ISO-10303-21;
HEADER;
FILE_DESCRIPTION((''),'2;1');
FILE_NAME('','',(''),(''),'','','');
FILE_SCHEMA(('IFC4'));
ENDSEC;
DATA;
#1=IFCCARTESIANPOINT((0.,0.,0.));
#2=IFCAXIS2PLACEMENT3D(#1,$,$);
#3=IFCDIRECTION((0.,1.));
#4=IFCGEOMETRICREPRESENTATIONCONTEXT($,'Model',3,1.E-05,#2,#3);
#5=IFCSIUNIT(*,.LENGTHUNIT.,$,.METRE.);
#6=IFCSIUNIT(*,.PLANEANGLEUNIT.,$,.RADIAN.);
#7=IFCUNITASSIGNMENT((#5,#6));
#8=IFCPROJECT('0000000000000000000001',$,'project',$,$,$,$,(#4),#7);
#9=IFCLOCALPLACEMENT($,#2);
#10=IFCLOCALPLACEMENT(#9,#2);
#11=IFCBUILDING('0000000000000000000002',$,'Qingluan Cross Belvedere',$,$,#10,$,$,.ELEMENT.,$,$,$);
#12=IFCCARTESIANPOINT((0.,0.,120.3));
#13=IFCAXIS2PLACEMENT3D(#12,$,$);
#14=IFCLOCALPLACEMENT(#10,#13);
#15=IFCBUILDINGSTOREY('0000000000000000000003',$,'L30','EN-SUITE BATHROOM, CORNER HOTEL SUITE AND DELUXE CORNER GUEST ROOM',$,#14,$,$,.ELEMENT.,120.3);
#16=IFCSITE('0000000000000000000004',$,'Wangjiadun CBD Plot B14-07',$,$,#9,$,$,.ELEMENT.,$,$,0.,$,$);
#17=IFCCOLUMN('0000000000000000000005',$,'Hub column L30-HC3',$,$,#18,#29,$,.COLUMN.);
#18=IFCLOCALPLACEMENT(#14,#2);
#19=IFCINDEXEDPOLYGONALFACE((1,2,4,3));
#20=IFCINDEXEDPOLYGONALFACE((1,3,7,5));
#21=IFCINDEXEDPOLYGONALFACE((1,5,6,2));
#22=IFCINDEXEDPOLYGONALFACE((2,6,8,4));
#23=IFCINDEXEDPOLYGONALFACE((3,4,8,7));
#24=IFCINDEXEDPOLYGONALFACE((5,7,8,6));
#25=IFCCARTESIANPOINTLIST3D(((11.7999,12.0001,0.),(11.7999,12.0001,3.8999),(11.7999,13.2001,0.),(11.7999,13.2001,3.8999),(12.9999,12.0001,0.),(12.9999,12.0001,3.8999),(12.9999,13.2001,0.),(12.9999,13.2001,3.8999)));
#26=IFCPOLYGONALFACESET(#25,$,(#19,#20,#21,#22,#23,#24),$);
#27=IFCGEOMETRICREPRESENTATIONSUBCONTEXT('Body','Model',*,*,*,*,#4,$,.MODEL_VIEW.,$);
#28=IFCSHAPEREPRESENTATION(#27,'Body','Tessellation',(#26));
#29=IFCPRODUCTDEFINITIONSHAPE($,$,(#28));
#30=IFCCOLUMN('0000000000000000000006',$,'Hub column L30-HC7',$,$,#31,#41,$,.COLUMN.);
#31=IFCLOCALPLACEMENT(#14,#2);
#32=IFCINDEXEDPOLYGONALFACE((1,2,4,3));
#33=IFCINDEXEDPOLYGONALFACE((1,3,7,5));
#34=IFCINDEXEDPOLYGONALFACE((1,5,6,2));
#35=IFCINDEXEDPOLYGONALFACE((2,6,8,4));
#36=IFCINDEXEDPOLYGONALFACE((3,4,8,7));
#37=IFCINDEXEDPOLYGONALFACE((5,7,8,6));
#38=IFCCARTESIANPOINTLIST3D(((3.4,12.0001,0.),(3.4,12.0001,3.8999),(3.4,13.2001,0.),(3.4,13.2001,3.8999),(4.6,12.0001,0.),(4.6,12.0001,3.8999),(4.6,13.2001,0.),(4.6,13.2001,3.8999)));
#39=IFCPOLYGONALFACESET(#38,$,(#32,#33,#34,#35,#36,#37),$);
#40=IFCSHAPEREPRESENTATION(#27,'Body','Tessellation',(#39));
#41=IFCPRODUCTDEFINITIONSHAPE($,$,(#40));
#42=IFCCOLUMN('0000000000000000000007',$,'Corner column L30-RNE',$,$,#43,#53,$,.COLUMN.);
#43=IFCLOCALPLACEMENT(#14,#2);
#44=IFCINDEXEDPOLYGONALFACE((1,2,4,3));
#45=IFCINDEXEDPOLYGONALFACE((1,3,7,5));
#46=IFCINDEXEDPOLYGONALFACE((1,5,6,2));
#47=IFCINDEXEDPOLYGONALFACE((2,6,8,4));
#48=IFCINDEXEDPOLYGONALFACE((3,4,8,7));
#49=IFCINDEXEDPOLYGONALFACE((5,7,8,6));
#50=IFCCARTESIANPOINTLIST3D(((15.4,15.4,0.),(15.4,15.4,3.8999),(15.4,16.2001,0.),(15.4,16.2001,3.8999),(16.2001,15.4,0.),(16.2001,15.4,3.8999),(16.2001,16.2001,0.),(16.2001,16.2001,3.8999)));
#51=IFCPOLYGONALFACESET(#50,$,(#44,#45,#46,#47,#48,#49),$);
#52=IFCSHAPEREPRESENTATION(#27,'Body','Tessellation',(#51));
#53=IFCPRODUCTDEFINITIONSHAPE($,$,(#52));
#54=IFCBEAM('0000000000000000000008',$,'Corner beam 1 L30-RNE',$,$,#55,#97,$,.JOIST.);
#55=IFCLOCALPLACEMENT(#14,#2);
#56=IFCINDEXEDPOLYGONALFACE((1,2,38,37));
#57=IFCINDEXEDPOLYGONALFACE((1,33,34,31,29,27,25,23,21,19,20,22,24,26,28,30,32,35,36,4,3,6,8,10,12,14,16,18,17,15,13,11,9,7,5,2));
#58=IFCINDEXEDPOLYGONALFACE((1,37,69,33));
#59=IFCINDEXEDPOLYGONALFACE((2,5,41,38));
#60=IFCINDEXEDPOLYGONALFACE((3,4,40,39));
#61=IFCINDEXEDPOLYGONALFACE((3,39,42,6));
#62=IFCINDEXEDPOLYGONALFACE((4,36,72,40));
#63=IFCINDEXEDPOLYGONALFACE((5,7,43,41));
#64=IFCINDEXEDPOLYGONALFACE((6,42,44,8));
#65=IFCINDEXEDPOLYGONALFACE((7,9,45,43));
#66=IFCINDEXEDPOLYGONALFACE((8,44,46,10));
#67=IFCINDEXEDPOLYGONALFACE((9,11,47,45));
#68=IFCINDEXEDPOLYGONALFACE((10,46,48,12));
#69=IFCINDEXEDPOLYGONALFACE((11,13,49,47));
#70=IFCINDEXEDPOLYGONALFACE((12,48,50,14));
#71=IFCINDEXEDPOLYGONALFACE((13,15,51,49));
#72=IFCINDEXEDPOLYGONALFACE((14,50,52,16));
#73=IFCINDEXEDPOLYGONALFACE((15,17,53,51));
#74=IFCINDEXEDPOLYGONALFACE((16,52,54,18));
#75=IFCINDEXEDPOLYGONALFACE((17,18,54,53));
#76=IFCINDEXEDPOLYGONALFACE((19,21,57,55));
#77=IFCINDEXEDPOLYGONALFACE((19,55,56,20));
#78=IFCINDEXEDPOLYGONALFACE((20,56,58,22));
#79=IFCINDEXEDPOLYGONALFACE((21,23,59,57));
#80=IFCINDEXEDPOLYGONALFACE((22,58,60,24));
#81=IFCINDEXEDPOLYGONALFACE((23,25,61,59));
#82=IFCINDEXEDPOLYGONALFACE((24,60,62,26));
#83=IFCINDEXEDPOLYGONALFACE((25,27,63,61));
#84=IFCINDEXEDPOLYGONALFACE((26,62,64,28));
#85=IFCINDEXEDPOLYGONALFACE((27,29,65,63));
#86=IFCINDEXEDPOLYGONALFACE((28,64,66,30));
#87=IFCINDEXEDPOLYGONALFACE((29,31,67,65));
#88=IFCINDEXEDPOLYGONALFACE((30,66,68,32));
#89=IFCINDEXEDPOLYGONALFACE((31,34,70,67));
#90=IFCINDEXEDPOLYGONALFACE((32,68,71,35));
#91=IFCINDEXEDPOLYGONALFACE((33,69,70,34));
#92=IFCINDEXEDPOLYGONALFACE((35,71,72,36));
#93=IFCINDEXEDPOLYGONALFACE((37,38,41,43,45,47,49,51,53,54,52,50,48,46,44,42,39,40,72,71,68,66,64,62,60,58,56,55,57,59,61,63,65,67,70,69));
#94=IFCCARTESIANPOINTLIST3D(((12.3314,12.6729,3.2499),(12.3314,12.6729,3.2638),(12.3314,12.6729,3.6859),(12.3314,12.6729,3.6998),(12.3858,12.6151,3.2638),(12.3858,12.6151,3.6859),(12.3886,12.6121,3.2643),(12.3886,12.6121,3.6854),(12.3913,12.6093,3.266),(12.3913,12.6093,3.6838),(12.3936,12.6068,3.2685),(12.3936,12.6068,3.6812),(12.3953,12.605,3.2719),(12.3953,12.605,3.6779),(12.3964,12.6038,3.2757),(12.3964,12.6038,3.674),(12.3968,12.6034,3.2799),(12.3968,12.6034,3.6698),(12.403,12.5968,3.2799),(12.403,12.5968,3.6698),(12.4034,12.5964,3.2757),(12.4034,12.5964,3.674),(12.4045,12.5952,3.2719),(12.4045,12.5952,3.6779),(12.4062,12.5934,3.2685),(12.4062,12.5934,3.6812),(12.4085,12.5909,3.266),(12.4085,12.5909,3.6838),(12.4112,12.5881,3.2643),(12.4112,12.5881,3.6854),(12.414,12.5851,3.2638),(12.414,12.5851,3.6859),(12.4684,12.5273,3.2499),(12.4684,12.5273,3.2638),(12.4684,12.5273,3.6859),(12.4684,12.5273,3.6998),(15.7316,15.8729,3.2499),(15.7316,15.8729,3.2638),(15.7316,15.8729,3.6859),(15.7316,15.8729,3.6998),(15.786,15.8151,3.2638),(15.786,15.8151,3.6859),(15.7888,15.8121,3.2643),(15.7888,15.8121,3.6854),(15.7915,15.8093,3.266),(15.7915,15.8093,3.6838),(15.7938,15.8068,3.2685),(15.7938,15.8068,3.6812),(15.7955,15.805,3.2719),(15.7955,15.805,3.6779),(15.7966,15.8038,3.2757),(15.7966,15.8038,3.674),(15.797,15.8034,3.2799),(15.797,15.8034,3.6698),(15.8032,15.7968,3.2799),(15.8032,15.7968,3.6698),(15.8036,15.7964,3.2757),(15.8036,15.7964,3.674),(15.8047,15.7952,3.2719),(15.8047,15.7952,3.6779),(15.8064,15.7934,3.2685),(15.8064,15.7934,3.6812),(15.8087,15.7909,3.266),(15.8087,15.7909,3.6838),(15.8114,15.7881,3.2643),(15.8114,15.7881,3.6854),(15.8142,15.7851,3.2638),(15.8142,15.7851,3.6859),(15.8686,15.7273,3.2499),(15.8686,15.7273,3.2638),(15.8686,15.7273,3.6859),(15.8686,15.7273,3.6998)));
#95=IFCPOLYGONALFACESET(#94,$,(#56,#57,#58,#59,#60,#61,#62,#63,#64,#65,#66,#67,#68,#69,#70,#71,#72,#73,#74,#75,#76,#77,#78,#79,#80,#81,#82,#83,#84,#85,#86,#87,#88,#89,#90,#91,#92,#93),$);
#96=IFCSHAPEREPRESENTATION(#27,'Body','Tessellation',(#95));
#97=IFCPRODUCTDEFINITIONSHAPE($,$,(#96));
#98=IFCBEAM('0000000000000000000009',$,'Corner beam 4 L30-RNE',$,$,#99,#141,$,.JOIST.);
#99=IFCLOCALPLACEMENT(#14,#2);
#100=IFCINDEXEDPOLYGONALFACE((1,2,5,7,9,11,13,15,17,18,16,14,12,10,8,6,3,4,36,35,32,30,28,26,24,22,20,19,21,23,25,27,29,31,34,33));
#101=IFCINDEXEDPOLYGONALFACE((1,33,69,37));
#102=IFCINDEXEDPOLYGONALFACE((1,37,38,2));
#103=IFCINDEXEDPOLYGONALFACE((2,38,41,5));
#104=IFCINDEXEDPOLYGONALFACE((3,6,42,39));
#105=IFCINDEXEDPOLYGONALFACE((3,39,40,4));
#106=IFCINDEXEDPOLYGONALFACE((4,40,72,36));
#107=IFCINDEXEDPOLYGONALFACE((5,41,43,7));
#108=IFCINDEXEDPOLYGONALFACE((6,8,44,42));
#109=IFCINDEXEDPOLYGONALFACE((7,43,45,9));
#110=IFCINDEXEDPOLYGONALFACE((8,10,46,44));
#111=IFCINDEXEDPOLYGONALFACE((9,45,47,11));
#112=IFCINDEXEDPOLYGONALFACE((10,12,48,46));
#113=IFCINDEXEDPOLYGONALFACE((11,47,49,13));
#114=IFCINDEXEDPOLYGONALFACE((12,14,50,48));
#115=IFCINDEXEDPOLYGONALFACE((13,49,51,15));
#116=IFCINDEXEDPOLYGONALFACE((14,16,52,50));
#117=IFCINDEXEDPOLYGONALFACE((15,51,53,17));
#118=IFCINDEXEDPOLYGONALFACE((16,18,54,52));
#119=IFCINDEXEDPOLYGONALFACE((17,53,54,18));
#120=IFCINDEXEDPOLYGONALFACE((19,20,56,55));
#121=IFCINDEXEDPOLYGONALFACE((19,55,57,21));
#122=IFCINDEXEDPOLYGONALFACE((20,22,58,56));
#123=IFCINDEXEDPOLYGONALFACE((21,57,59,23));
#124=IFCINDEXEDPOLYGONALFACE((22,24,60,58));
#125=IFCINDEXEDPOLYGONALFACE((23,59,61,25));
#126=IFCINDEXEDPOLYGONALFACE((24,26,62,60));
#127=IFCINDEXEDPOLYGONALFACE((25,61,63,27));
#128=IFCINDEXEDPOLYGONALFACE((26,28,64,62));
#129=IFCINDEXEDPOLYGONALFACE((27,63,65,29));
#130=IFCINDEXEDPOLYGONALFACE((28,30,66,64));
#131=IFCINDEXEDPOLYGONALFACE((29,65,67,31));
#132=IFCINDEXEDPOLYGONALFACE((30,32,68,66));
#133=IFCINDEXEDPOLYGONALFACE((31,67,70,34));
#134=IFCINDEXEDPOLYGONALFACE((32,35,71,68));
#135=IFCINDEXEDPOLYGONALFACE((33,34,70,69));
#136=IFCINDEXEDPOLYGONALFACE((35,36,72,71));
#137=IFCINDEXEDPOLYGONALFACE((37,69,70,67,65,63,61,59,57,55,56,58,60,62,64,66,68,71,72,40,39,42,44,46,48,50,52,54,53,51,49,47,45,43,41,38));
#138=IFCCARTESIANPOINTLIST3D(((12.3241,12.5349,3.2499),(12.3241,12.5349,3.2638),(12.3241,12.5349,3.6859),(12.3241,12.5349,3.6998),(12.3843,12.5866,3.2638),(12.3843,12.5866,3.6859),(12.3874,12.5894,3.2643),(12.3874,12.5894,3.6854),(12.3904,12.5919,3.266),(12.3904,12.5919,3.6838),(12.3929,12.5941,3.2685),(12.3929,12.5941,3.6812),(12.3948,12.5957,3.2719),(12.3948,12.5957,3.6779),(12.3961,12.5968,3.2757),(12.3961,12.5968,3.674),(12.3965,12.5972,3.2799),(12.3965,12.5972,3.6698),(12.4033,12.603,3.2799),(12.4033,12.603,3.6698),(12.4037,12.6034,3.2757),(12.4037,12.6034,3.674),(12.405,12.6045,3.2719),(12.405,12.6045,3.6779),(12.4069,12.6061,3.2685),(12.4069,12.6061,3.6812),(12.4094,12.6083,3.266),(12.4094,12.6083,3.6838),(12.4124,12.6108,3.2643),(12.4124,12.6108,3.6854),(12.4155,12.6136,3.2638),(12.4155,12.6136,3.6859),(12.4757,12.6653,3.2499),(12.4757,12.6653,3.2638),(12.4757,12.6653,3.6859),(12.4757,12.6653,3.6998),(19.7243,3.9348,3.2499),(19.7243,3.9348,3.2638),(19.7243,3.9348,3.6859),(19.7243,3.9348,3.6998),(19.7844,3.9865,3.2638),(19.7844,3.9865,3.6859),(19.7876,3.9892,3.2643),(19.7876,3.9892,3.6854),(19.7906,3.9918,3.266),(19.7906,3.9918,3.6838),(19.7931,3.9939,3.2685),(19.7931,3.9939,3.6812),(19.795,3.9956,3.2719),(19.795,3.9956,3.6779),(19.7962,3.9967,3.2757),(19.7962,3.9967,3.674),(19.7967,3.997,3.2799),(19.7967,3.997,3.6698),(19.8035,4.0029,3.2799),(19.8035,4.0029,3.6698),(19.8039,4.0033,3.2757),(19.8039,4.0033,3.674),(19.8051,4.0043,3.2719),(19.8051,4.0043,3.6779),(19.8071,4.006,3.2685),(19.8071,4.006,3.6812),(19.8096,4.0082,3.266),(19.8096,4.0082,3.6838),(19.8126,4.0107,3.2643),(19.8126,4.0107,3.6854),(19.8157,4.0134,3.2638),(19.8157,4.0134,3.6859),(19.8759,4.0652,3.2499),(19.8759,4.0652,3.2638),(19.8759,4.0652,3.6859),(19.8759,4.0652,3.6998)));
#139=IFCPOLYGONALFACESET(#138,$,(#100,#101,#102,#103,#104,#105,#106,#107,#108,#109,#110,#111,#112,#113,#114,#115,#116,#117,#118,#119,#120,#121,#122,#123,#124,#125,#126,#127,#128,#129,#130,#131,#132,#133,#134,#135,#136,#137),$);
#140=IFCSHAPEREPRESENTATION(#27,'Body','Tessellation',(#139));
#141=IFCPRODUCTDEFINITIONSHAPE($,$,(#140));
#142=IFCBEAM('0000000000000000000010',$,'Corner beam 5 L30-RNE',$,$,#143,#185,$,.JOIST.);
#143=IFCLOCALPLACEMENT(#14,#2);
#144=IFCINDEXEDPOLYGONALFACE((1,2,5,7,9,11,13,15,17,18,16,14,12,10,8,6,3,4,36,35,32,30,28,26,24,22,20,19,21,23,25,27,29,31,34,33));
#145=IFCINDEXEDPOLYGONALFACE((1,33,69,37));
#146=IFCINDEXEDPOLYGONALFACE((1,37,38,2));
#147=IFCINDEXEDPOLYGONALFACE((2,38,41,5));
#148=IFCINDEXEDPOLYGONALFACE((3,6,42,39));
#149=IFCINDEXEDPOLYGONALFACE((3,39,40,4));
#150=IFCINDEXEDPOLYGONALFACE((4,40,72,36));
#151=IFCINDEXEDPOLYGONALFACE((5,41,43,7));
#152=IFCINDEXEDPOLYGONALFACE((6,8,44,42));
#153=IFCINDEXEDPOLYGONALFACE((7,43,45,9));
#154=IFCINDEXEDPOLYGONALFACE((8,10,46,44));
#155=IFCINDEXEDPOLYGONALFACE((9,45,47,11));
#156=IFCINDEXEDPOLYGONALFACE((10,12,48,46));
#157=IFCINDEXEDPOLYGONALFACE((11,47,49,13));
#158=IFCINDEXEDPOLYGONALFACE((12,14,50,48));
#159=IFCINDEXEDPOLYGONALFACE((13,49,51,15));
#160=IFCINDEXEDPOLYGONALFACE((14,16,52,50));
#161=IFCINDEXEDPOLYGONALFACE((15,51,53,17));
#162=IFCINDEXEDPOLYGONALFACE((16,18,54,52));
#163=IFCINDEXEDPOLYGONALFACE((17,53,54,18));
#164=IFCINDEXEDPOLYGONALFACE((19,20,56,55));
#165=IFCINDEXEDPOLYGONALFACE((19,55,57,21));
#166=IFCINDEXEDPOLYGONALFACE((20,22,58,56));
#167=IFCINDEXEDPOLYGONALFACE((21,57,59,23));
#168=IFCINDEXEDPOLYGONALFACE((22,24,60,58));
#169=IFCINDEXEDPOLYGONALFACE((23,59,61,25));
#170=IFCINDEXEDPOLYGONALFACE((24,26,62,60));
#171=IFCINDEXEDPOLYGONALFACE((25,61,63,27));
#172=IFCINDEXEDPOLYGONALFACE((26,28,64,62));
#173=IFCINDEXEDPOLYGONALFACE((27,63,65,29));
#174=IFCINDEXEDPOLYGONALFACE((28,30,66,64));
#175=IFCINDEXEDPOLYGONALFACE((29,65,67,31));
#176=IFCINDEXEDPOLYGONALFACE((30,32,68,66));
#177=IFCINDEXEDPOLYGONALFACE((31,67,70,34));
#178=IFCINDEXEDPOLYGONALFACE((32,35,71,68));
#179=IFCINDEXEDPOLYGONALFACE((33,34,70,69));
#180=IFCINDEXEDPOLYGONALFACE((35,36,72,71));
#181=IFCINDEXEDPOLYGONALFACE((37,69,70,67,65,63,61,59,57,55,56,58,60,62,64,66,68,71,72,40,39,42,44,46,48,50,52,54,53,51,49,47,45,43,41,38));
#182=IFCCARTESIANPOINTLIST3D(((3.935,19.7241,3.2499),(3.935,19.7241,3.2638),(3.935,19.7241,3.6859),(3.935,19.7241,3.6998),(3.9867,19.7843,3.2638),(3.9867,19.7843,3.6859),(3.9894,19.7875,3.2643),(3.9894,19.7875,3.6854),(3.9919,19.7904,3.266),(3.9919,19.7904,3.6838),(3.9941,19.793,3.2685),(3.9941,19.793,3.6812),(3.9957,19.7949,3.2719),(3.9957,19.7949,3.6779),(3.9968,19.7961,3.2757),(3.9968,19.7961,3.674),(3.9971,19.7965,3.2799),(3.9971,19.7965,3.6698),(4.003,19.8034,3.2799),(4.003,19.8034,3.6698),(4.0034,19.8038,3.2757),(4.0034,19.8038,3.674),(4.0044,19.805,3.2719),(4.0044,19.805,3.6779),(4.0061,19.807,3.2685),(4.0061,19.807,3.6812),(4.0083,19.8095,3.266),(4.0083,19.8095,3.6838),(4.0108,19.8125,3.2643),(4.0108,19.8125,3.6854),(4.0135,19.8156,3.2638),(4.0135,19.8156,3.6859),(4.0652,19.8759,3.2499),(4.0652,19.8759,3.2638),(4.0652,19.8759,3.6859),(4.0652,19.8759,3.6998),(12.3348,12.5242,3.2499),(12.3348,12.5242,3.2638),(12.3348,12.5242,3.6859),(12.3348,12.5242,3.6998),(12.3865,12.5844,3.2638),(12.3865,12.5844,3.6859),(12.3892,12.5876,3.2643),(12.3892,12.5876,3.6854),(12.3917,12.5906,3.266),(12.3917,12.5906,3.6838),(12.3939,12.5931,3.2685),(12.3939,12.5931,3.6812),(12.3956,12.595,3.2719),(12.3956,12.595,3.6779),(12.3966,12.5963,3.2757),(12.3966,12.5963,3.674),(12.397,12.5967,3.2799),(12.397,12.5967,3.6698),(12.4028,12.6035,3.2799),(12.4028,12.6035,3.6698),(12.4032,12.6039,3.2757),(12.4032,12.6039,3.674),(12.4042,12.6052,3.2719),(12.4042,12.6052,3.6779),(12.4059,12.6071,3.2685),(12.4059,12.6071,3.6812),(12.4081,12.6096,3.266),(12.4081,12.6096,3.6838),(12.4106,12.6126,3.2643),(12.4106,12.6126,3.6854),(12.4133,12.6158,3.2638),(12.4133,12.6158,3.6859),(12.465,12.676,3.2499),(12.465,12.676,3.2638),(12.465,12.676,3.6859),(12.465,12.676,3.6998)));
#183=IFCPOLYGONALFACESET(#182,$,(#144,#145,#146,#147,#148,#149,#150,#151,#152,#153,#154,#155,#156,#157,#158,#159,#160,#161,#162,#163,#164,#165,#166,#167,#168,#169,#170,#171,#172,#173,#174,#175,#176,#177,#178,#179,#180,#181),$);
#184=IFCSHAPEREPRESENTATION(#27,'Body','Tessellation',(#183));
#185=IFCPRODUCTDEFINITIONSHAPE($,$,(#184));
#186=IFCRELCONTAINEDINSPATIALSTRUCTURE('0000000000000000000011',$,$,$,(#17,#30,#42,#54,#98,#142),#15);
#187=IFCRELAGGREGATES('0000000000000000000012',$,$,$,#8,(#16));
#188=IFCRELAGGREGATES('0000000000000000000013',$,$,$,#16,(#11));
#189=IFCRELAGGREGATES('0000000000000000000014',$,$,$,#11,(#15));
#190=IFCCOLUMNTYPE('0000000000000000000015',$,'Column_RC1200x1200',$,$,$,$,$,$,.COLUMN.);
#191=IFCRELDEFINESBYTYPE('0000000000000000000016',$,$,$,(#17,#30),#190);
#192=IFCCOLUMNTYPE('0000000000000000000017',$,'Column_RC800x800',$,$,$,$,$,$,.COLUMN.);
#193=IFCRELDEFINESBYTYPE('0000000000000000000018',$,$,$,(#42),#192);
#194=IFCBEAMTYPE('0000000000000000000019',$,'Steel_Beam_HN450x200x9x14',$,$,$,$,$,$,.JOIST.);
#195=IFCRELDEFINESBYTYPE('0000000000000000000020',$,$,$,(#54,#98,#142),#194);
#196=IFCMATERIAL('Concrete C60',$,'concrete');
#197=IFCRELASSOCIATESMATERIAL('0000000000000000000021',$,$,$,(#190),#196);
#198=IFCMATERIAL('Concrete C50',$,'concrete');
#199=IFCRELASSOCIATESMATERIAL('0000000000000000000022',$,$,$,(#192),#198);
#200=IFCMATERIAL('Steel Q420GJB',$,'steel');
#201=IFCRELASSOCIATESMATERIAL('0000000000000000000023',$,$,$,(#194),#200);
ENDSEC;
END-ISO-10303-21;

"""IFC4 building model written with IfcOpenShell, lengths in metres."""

from ifc_helpers import new_model, si_unit, direction, frame, origin, origin_2d, place, context, subcontext, project, spatial, rectangle, i_section, extrude, material, material_profile, profile_set, type_object, element, save


model = new_model("IFC4")

# Units and contexts
model_context = context("Model", 3, precision=1e-05, world=origin(), true_north=direction((0.0, 1.0)))
body_context = subcontext(model_context, "Body", "Model", "MODEL_VIEW")
ifc_project = project(units=[si_unit("LENGTHUNIT", "METRE"), si_unit("PLANEANGLEUNIT", "RADIAN")], contexts=[model_context])

# Site, building, storey
site_placement = place(None, origin())
site = spatial("IfcSite", under=ifc_project, at=site_placement, Name="Wangjiadun CBD Plot B14-07", CompositionType="ELEMENT", RefElevation=0.0)
building_placement = place(site_placement, origin())
building = spatial("IfcBuilding", under=site, at=building_placement, Name="Qingluan Cross Belvedere", CompositionType="ELEMENT")
storey_placement = place(building_placement, frame((0.0, 0.0, 120.3)))
storey = spatial("IfcBuildingStorey", under=building, at=storey_placement, Name="L30", Description="EN-SUITE BATHROOM, CORNER HOTEL SUITE AND DELUXE CORNER GUEST ROOM", CompositionType="ELEMENT", Elevation=120.3)

# Columns
ifc_material_1 = material(Name="Concrete C60", Category="concrete")
ifc_material_profile_1 = material_profile(ifc_material_1, rectangle(XDim=1.2, YDim=1.2, at=origin_2d()), Name="RC1200x1200")
ifc_profile_set_1 = profile_set([ifc_material_profile_1], Name="Concrete C60")
column_type_1 = type_object("IfcColumnType", Name="Column_RC1200x1200", PredefinedType="COLUMN", material=ifc_profile_set_1)
for number, where, z_axis, x_axis, name in (
    (1, (12.3999, 12.6001, 0.0), (0.0, 0.0, 1.0), (1.0, 0.0, 0.0), "Hub column L30-HC3"),
    (2, (4.0, 12.6001, 0.0), (0.0, 0.0, 1.0), (1.0, 0.0, 0.0), "Hub column L30-HC7"),
):
    element("IfcColumn", number, at=place(storey_placement, frame(where, z_axis=z_axis, x_axis=x_axis)), inside=storey, type_object=column_type_1, Name=name, PredefinedType="COLUMN", context=body_context, shape_type="SweptSolid", body=[
        extrude(rectangle(XDim=1.2, YDim=1.2, at=origin_2d()), origin(), (0.0, 0.0, 1.0), 3.8999),
    ])
ifc_material_2 = material(Name="Concrete C50", Category="concrete")
ifc_material_profile_2 = material_profile(ifc_material_2, rectangle(XDim=0.8, YDim=0.8, at=origin_2d()), Name="RC800x800")
ifc_profile_set_2 = profile_set([ifc_material_profile_2], Name="Concrete C50")
column_type_2 = type_object("IfcColumnType", Name="Column_RC800x800", PredefinedType="COLUMN", material=ifc_profile_set_2)
column_placement = place(storey_placement, frame((15.8, 15.8, 0.0), z_axis=(0.0, 0.0, 1.0), x_axis=(1.0, 0.0, 0.0)))
element("IfcColumn", 3, at=column_placement, inside=storey, type_object=column_type_2, Name="Corner column L30-RNE", PredefinedType="COLUMN", context=body_context, shape_type="SweptSolid", body=[
    extrude(rectangle(XDim=0.8, YDim=0.8, at=origin_2d()), origin(), (0.0, 0.0, 1.0), 3.8999),
])

# Beams
ifc_material_3 = material(Name="Steel Q420GJB", Category="steel")
ifc_material_profile_3 = material_profile(ifc_material_3, i_section(OverallWidth=0.2, OverallDepth=0.45, WebThickness=0.009, FlangeThickness=0.0139, FilletRadius=0.0161, at=origin_2d()), Name="HN450x200x9x14")
ifc_profile_set_3 = profile_set([ifc_material_profile_3], Name="Steel Q420GJB")
beam_type_1 = type_object("IfcBeamType", Name="Steel_Beam_HN450x200x9x14", PredefinedType="JOIST", material=ifc_profile_set_3)
beam_1_placement = place(storey_placement, frame((12.3999, 12.6001, 3.4749), z_axis=(0.72822, 0.685343, 0.0), x_axis=(-0.685343, 0.72822, 0.0)))
element("IfcBeam", 4, at=beam_1_placement, inside=storey, type_object=beam_type_1, Name="Corner beam 1 L30-RNE", PredefinedType="JOIST", context=body_context, shape_type="SweptSolid", body=[
    extrude(i_section(OverallWidth=0.2, OverallDepth=0.45, WebThickness=0.009, FlangeThickness=0.0139, FilletRadius=0.0161, at=origin_2d()), origin(), (0.0, 0.0, 1.0), 4.6692),
])
beam_2_placement = place(storey_placement, frame((12.3999, 12.6001, 3.4749), z_axis=(0.652245, -0.758008, 0.0), x_axis=(0.758008, 0.652245, 0.0)))
element("IfcBeam", 5, at=beam_2_placement, inside=storey, type_object=beam_type_1, Name="Corner beam 4 L30-RNE", PredefinedType="JOIST", context=body_context, shape_type="SweptSolid", body=[
    extrude(i_section(OverallWidth=0.2, OverallDepth=0.45, WebThickness=0.009, FlangeThickness=0.0139, FilletRadius=0.0161, at=origin_2d()), origin(), (0.0, 0.0, 1.0), 11.3457),
])
beam_3_placement = place(storey_placement, frame((12.3999, 12.6001, 3.4749), z_axis=(-0.759255, 0.650793, 0.0), x_axis=(-0.650793, -0.759255, 0.0)))
element("IfcBeam", 6, at=beam_3_placement, inside=storey, type_object=beam_type_1, Name="Corner beam 5 L30-RNE", PredefinedType="JOIST", context=body_context, shape_type="SweptSolid", body=[
    extrude(i_section(OverallWidth=0.2, OverallDepth=0.45, WebThickness=0.009, FlangeThickness=0.0139, FilletRadius=0.0161, at=origin_2d()), origin(), (0.0, 0.0, 1.0), 11.0632),
])

save(model, "model.ifc")
